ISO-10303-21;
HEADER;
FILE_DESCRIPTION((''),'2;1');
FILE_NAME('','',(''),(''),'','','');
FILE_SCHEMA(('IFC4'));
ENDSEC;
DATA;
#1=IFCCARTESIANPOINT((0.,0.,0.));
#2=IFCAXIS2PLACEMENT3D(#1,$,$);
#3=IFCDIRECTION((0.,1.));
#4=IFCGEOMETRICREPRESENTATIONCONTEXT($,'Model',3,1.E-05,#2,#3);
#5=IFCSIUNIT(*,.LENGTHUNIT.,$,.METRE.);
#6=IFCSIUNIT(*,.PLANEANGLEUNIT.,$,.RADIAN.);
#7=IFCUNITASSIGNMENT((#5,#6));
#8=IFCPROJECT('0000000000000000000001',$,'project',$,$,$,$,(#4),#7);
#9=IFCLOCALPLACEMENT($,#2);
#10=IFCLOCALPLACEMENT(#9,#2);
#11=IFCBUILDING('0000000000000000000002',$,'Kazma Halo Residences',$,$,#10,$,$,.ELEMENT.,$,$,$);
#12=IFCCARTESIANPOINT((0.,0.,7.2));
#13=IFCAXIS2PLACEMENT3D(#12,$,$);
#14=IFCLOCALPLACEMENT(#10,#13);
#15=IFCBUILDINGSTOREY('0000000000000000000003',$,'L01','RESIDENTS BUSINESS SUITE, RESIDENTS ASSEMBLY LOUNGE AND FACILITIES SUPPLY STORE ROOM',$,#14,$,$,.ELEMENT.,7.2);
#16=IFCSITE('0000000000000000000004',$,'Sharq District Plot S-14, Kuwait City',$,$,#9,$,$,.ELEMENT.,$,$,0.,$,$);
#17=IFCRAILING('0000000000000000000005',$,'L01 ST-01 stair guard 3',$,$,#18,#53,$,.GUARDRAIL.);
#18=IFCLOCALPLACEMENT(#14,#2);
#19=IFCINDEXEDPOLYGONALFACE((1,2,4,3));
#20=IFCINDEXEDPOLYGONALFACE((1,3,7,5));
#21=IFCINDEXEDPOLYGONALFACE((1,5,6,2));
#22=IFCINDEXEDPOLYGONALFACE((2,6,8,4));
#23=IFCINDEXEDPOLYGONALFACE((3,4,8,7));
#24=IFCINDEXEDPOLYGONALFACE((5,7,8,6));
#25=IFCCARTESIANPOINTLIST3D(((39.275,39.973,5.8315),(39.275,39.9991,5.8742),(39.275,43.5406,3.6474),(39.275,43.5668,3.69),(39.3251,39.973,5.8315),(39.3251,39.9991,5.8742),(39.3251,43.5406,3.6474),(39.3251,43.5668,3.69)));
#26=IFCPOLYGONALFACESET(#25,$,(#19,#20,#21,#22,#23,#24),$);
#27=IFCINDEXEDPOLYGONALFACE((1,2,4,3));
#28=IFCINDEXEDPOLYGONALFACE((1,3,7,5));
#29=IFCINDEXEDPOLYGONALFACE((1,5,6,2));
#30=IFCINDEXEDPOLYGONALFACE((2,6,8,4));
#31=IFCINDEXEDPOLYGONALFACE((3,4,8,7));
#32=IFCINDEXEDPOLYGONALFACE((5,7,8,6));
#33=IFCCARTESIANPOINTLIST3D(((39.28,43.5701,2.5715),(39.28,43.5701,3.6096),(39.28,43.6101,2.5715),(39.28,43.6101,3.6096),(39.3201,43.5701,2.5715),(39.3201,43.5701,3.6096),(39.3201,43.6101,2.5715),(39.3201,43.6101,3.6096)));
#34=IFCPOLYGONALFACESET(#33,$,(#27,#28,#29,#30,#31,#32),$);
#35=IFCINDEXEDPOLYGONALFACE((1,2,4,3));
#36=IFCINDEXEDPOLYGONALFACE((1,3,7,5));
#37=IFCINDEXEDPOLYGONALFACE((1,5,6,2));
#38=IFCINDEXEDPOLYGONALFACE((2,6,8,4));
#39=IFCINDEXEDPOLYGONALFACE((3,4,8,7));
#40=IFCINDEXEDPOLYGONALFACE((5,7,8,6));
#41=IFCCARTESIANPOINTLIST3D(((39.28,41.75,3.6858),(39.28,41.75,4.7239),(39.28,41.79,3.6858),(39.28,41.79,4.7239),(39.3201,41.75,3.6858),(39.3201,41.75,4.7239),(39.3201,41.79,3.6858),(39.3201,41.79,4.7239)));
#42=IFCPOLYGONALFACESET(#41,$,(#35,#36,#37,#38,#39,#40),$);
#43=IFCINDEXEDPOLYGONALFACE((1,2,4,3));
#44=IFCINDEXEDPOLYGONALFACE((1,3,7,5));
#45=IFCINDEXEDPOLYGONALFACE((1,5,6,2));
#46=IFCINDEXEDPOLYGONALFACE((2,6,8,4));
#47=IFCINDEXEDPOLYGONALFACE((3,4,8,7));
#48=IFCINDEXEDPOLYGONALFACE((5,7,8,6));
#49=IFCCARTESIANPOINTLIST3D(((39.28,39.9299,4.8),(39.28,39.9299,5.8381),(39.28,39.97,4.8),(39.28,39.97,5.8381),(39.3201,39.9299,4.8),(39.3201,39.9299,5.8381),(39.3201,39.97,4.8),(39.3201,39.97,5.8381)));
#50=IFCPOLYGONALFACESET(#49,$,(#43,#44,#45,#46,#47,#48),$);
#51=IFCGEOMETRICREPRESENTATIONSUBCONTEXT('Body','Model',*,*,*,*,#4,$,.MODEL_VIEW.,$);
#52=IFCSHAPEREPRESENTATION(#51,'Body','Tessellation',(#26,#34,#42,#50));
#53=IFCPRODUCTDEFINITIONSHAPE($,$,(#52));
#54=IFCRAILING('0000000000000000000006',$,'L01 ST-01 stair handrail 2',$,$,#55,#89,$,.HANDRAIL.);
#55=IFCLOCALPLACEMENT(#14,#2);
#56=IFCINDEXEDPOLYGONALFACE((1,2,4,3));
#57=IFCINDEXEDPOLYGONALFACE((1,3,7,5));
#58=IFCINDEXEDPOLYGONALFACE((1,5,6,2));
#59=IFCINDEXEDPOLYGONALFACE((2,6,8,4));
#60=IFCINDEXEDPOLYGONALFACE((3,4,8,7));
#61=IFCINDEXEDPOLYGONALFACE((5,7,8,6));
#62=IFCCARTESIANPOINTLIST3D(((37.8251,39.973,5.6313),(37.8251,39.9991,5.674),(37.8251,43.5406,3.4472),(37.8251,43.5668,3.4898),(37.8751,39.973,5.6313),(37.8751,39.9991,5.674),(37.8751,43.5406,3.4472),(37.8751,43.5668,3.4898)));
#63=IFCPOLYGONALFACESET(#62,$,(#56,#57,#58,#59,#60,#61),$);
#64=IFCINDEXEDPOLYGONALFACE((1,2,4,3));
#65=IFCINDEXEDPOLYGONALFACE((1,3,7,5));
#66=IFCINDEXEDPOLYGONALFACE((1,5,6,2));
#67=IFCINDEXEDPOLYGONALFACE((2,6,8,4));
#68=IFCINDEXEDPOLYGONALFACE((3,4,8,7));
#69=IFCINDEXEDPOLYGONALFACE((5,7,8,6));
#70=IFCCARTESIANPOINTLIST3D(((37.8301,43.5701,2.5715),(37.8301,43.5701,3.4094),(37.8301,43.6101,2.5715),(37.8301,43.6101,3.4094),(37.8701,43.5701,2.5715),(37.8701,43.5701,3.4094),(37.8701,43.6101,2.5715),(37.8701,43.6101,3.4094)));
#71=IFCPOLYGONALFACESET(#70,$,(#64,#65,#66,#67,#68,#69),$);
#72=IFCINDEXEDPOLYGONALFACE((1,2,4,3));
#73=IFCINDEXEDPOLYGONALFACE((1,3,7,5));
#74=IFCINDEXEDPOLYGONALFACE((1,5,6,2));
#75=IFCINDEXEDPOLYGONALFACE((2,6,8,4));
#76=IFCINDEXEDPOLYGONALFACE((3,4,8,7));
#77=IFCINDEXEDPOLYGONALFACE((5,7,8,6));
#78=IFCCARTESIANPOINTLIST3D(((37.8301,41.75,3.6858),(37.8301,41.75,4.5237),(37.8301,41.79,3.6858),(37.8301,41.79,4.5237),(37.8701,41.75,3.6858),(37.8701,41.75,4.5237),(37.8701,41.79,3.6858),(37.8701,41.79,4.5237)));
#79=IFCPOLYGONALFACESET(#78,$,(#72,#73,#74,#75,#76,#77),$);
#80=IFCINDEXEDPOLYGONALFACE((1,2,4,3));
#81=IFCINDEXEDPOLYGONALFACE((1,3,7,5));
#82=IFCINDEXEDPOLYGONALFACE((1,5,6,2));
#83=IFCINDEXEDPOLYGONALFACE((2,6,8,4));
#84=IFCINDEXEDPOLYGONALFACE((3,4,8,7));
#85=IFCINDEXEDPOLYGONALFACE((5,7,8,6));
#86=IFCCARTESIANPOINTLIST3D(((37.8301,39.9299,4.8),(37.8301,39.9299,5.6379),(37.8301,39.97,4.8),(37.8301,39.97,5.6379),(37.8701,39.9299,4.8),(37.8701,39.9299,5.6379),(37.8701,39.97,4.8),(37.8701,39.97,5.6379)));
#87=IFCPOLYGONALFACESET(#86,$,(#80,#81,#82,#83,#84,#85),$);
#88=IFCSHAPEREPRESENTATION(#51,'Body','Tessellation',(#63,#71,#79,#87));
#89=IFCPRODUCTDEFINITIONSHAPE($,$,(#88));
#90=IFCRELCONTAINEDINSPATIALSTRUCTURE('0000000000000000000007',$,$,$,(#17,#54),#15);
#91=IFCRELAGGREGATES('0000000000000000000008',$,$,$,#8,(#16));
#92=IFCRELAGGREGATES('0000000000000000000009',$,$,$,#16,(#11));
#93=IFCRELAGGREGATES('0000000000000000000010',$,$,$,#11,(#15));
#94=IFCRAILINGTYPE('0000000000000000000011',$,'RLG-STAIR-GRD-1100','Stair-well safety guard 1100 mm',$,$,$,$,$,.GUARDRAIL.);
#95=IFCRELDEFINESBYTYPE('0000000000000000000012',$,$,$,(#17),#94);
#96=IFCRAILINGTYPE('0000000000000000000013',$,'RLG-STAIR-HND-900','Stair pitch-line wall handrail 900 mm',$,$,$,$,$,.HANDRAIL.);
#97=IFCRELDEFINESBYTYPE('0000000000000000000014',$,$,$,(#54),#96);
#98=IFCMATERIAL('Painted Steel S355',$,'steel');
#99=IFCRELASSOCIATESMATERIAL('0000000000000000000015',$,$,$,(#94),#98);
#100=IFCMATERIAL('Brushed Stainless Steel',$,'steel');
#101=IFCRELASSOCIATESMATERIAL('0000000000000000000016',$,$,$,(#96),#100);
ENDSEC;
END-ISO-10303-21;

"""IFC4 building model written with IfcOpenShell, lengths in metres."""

from ifc_helpers import new_model, si_unit, direction, frame, origin, origin_2d, place, context, subcontext, project, spatial, rectangle, extrude, material, type_object, element, save


model = new_model("IFC4")

# Units and contexts
model_context = context("Model", 3, precision=1e-05, world=origin(), true_north=direction((0.0, 1.0)))
body_context = subcontext(model_context, "Body", "Model", "MODEL_VIEW")
ifc_project = project(units=[si_unit("LENGTHUNIT", "METRE"), si_unit("PLANEANGLEUNIT", "RADIAN")], contexts=[model_context])

# Site, building, storey
site_placement = place(None, origin())
site = spatial("IfcSite", under=ifc_project, at=site_placement, Name="Sharq District Plot S-14, Kuwait City", CompositionType="ELEMENT", RefElevation=0.0)
building_placement = place(site_placement, origin())
building = spatial("IfcBuilding", under=site, at=building_placement, Name="Kazma Halo Residences", CompositionType="ELEMENT")
storey_placement = place(building_placement, frame((0.0, 0.0, 7.2)))
storey = spatial("IfcBuildingStorey", under=building, at=storey_placement, Name="L01", Description="RESIDENTS BUSINESS SUITE, RESIDENTS ASSEMBLY LOUNGE AND FACILITIES SUPPLY STORE ROOM", CompositionType="ELEMENT", Elevation=7.2)

# Railings
ifc_material_1 = material(Name="Painted Steel S355", Category="steel")
railing_type_1 = type_object("IfcRailingType", Name="RLG-STAIR-GRD-1100", Description="Stair-well safety guard 1100 mm", PredefinedType="GUARDRAIL", material=ifc_material_1)
railing_1_placement = place(storey_placement, frame((39.3, 43.5901, 2.5715)))
element("IfcRailing", 1, at=railing_1_placement, inside=storey, type_object=railing_type_1, Name="L01 ST-01 stair guard 3", PredefinedType="GUARDRAIL", context=body_context, shape_type="SweptSolid", body=[
    extrude(rectangle(XDim=0.05, YDim=0.05, at=origin_2d()), frame((0.0, -0.0364, 1.0972), z_axis=(0.0, -0.852866, 0.52213), x_axis=(1.0, 0.0, 0.0)), (0.0, 0.0, 1.0), 4.1831),
    extrude(rectangle(XDim=0.04, YDim=0.04, at=origin_2d()), origin(), (0.0, 0.0, 1.0), 1.0381),
    extrude(rectangle(XDim=0.04, YDim=0.04, at=origin_2d()), frame((0.0, -1.8201, 1.1143)), (0.0, 0.0, 1.0), 1.0381),
    extrude(rectangle(XDim=0.04, YDim=0.04, at=origin_2d()), frame((0.0, -3.6401, 2.2285)), (0.0, 0.0, 1.0), 1.0381),
])
ifc_material_2 = material(Name="Brushed Stainless Steel", Category="steel")
railing_type_2 = type_object("IfcRailingType", Name="RLG-STAIR-HND-900", Description="Stair pitch-line wall handrail 900 mm", PredefinedType="HANDRAIL", material=ifc_material_2)
railing_2_placement = place(storey_placement, frame((37.8501, 43.5901, 2.5715)))
element("IfcRailing", 2, at=railing_2_placement, inside=storey, type_object=railing_type_2, Name="L01 ST-01 stair handrail 2", PredefinedType="HANDRAIL", context=body_context, shape_type="SweptSolid", body=[
    extrude(rectangle(XDim=0.05, YDim=0.05, at=origin_2d()), frame((0.0, -0.0364, 0.897), z_axis=(0.0, -0.852866, 0.52213), x_axis=(1.0, 0.0, 0.0)), (0.0, 0.0, 1.0), 4.1831),
    extrude(rectangle(XDim=0.04, YDim=0.04, at=origin_2d()), origin(), (0.0, 0.0, 1.0), 0.8379),
    extrude(rectangle(XDim=0.04, YDim=0.04, at=origin_2d()), frame((0.0, -1.8201, 1.1143)), (0.0, 0.0, 1.0), 0.8379),
    extrude(rectangle(XDim=0.04, YDim=0.04, at=origin_2d()), frame((0.0, -3.6401, 2.2285)), (0.0, 0.0, 1.0), 0.8379),
])

save(model, "model.ifc")
